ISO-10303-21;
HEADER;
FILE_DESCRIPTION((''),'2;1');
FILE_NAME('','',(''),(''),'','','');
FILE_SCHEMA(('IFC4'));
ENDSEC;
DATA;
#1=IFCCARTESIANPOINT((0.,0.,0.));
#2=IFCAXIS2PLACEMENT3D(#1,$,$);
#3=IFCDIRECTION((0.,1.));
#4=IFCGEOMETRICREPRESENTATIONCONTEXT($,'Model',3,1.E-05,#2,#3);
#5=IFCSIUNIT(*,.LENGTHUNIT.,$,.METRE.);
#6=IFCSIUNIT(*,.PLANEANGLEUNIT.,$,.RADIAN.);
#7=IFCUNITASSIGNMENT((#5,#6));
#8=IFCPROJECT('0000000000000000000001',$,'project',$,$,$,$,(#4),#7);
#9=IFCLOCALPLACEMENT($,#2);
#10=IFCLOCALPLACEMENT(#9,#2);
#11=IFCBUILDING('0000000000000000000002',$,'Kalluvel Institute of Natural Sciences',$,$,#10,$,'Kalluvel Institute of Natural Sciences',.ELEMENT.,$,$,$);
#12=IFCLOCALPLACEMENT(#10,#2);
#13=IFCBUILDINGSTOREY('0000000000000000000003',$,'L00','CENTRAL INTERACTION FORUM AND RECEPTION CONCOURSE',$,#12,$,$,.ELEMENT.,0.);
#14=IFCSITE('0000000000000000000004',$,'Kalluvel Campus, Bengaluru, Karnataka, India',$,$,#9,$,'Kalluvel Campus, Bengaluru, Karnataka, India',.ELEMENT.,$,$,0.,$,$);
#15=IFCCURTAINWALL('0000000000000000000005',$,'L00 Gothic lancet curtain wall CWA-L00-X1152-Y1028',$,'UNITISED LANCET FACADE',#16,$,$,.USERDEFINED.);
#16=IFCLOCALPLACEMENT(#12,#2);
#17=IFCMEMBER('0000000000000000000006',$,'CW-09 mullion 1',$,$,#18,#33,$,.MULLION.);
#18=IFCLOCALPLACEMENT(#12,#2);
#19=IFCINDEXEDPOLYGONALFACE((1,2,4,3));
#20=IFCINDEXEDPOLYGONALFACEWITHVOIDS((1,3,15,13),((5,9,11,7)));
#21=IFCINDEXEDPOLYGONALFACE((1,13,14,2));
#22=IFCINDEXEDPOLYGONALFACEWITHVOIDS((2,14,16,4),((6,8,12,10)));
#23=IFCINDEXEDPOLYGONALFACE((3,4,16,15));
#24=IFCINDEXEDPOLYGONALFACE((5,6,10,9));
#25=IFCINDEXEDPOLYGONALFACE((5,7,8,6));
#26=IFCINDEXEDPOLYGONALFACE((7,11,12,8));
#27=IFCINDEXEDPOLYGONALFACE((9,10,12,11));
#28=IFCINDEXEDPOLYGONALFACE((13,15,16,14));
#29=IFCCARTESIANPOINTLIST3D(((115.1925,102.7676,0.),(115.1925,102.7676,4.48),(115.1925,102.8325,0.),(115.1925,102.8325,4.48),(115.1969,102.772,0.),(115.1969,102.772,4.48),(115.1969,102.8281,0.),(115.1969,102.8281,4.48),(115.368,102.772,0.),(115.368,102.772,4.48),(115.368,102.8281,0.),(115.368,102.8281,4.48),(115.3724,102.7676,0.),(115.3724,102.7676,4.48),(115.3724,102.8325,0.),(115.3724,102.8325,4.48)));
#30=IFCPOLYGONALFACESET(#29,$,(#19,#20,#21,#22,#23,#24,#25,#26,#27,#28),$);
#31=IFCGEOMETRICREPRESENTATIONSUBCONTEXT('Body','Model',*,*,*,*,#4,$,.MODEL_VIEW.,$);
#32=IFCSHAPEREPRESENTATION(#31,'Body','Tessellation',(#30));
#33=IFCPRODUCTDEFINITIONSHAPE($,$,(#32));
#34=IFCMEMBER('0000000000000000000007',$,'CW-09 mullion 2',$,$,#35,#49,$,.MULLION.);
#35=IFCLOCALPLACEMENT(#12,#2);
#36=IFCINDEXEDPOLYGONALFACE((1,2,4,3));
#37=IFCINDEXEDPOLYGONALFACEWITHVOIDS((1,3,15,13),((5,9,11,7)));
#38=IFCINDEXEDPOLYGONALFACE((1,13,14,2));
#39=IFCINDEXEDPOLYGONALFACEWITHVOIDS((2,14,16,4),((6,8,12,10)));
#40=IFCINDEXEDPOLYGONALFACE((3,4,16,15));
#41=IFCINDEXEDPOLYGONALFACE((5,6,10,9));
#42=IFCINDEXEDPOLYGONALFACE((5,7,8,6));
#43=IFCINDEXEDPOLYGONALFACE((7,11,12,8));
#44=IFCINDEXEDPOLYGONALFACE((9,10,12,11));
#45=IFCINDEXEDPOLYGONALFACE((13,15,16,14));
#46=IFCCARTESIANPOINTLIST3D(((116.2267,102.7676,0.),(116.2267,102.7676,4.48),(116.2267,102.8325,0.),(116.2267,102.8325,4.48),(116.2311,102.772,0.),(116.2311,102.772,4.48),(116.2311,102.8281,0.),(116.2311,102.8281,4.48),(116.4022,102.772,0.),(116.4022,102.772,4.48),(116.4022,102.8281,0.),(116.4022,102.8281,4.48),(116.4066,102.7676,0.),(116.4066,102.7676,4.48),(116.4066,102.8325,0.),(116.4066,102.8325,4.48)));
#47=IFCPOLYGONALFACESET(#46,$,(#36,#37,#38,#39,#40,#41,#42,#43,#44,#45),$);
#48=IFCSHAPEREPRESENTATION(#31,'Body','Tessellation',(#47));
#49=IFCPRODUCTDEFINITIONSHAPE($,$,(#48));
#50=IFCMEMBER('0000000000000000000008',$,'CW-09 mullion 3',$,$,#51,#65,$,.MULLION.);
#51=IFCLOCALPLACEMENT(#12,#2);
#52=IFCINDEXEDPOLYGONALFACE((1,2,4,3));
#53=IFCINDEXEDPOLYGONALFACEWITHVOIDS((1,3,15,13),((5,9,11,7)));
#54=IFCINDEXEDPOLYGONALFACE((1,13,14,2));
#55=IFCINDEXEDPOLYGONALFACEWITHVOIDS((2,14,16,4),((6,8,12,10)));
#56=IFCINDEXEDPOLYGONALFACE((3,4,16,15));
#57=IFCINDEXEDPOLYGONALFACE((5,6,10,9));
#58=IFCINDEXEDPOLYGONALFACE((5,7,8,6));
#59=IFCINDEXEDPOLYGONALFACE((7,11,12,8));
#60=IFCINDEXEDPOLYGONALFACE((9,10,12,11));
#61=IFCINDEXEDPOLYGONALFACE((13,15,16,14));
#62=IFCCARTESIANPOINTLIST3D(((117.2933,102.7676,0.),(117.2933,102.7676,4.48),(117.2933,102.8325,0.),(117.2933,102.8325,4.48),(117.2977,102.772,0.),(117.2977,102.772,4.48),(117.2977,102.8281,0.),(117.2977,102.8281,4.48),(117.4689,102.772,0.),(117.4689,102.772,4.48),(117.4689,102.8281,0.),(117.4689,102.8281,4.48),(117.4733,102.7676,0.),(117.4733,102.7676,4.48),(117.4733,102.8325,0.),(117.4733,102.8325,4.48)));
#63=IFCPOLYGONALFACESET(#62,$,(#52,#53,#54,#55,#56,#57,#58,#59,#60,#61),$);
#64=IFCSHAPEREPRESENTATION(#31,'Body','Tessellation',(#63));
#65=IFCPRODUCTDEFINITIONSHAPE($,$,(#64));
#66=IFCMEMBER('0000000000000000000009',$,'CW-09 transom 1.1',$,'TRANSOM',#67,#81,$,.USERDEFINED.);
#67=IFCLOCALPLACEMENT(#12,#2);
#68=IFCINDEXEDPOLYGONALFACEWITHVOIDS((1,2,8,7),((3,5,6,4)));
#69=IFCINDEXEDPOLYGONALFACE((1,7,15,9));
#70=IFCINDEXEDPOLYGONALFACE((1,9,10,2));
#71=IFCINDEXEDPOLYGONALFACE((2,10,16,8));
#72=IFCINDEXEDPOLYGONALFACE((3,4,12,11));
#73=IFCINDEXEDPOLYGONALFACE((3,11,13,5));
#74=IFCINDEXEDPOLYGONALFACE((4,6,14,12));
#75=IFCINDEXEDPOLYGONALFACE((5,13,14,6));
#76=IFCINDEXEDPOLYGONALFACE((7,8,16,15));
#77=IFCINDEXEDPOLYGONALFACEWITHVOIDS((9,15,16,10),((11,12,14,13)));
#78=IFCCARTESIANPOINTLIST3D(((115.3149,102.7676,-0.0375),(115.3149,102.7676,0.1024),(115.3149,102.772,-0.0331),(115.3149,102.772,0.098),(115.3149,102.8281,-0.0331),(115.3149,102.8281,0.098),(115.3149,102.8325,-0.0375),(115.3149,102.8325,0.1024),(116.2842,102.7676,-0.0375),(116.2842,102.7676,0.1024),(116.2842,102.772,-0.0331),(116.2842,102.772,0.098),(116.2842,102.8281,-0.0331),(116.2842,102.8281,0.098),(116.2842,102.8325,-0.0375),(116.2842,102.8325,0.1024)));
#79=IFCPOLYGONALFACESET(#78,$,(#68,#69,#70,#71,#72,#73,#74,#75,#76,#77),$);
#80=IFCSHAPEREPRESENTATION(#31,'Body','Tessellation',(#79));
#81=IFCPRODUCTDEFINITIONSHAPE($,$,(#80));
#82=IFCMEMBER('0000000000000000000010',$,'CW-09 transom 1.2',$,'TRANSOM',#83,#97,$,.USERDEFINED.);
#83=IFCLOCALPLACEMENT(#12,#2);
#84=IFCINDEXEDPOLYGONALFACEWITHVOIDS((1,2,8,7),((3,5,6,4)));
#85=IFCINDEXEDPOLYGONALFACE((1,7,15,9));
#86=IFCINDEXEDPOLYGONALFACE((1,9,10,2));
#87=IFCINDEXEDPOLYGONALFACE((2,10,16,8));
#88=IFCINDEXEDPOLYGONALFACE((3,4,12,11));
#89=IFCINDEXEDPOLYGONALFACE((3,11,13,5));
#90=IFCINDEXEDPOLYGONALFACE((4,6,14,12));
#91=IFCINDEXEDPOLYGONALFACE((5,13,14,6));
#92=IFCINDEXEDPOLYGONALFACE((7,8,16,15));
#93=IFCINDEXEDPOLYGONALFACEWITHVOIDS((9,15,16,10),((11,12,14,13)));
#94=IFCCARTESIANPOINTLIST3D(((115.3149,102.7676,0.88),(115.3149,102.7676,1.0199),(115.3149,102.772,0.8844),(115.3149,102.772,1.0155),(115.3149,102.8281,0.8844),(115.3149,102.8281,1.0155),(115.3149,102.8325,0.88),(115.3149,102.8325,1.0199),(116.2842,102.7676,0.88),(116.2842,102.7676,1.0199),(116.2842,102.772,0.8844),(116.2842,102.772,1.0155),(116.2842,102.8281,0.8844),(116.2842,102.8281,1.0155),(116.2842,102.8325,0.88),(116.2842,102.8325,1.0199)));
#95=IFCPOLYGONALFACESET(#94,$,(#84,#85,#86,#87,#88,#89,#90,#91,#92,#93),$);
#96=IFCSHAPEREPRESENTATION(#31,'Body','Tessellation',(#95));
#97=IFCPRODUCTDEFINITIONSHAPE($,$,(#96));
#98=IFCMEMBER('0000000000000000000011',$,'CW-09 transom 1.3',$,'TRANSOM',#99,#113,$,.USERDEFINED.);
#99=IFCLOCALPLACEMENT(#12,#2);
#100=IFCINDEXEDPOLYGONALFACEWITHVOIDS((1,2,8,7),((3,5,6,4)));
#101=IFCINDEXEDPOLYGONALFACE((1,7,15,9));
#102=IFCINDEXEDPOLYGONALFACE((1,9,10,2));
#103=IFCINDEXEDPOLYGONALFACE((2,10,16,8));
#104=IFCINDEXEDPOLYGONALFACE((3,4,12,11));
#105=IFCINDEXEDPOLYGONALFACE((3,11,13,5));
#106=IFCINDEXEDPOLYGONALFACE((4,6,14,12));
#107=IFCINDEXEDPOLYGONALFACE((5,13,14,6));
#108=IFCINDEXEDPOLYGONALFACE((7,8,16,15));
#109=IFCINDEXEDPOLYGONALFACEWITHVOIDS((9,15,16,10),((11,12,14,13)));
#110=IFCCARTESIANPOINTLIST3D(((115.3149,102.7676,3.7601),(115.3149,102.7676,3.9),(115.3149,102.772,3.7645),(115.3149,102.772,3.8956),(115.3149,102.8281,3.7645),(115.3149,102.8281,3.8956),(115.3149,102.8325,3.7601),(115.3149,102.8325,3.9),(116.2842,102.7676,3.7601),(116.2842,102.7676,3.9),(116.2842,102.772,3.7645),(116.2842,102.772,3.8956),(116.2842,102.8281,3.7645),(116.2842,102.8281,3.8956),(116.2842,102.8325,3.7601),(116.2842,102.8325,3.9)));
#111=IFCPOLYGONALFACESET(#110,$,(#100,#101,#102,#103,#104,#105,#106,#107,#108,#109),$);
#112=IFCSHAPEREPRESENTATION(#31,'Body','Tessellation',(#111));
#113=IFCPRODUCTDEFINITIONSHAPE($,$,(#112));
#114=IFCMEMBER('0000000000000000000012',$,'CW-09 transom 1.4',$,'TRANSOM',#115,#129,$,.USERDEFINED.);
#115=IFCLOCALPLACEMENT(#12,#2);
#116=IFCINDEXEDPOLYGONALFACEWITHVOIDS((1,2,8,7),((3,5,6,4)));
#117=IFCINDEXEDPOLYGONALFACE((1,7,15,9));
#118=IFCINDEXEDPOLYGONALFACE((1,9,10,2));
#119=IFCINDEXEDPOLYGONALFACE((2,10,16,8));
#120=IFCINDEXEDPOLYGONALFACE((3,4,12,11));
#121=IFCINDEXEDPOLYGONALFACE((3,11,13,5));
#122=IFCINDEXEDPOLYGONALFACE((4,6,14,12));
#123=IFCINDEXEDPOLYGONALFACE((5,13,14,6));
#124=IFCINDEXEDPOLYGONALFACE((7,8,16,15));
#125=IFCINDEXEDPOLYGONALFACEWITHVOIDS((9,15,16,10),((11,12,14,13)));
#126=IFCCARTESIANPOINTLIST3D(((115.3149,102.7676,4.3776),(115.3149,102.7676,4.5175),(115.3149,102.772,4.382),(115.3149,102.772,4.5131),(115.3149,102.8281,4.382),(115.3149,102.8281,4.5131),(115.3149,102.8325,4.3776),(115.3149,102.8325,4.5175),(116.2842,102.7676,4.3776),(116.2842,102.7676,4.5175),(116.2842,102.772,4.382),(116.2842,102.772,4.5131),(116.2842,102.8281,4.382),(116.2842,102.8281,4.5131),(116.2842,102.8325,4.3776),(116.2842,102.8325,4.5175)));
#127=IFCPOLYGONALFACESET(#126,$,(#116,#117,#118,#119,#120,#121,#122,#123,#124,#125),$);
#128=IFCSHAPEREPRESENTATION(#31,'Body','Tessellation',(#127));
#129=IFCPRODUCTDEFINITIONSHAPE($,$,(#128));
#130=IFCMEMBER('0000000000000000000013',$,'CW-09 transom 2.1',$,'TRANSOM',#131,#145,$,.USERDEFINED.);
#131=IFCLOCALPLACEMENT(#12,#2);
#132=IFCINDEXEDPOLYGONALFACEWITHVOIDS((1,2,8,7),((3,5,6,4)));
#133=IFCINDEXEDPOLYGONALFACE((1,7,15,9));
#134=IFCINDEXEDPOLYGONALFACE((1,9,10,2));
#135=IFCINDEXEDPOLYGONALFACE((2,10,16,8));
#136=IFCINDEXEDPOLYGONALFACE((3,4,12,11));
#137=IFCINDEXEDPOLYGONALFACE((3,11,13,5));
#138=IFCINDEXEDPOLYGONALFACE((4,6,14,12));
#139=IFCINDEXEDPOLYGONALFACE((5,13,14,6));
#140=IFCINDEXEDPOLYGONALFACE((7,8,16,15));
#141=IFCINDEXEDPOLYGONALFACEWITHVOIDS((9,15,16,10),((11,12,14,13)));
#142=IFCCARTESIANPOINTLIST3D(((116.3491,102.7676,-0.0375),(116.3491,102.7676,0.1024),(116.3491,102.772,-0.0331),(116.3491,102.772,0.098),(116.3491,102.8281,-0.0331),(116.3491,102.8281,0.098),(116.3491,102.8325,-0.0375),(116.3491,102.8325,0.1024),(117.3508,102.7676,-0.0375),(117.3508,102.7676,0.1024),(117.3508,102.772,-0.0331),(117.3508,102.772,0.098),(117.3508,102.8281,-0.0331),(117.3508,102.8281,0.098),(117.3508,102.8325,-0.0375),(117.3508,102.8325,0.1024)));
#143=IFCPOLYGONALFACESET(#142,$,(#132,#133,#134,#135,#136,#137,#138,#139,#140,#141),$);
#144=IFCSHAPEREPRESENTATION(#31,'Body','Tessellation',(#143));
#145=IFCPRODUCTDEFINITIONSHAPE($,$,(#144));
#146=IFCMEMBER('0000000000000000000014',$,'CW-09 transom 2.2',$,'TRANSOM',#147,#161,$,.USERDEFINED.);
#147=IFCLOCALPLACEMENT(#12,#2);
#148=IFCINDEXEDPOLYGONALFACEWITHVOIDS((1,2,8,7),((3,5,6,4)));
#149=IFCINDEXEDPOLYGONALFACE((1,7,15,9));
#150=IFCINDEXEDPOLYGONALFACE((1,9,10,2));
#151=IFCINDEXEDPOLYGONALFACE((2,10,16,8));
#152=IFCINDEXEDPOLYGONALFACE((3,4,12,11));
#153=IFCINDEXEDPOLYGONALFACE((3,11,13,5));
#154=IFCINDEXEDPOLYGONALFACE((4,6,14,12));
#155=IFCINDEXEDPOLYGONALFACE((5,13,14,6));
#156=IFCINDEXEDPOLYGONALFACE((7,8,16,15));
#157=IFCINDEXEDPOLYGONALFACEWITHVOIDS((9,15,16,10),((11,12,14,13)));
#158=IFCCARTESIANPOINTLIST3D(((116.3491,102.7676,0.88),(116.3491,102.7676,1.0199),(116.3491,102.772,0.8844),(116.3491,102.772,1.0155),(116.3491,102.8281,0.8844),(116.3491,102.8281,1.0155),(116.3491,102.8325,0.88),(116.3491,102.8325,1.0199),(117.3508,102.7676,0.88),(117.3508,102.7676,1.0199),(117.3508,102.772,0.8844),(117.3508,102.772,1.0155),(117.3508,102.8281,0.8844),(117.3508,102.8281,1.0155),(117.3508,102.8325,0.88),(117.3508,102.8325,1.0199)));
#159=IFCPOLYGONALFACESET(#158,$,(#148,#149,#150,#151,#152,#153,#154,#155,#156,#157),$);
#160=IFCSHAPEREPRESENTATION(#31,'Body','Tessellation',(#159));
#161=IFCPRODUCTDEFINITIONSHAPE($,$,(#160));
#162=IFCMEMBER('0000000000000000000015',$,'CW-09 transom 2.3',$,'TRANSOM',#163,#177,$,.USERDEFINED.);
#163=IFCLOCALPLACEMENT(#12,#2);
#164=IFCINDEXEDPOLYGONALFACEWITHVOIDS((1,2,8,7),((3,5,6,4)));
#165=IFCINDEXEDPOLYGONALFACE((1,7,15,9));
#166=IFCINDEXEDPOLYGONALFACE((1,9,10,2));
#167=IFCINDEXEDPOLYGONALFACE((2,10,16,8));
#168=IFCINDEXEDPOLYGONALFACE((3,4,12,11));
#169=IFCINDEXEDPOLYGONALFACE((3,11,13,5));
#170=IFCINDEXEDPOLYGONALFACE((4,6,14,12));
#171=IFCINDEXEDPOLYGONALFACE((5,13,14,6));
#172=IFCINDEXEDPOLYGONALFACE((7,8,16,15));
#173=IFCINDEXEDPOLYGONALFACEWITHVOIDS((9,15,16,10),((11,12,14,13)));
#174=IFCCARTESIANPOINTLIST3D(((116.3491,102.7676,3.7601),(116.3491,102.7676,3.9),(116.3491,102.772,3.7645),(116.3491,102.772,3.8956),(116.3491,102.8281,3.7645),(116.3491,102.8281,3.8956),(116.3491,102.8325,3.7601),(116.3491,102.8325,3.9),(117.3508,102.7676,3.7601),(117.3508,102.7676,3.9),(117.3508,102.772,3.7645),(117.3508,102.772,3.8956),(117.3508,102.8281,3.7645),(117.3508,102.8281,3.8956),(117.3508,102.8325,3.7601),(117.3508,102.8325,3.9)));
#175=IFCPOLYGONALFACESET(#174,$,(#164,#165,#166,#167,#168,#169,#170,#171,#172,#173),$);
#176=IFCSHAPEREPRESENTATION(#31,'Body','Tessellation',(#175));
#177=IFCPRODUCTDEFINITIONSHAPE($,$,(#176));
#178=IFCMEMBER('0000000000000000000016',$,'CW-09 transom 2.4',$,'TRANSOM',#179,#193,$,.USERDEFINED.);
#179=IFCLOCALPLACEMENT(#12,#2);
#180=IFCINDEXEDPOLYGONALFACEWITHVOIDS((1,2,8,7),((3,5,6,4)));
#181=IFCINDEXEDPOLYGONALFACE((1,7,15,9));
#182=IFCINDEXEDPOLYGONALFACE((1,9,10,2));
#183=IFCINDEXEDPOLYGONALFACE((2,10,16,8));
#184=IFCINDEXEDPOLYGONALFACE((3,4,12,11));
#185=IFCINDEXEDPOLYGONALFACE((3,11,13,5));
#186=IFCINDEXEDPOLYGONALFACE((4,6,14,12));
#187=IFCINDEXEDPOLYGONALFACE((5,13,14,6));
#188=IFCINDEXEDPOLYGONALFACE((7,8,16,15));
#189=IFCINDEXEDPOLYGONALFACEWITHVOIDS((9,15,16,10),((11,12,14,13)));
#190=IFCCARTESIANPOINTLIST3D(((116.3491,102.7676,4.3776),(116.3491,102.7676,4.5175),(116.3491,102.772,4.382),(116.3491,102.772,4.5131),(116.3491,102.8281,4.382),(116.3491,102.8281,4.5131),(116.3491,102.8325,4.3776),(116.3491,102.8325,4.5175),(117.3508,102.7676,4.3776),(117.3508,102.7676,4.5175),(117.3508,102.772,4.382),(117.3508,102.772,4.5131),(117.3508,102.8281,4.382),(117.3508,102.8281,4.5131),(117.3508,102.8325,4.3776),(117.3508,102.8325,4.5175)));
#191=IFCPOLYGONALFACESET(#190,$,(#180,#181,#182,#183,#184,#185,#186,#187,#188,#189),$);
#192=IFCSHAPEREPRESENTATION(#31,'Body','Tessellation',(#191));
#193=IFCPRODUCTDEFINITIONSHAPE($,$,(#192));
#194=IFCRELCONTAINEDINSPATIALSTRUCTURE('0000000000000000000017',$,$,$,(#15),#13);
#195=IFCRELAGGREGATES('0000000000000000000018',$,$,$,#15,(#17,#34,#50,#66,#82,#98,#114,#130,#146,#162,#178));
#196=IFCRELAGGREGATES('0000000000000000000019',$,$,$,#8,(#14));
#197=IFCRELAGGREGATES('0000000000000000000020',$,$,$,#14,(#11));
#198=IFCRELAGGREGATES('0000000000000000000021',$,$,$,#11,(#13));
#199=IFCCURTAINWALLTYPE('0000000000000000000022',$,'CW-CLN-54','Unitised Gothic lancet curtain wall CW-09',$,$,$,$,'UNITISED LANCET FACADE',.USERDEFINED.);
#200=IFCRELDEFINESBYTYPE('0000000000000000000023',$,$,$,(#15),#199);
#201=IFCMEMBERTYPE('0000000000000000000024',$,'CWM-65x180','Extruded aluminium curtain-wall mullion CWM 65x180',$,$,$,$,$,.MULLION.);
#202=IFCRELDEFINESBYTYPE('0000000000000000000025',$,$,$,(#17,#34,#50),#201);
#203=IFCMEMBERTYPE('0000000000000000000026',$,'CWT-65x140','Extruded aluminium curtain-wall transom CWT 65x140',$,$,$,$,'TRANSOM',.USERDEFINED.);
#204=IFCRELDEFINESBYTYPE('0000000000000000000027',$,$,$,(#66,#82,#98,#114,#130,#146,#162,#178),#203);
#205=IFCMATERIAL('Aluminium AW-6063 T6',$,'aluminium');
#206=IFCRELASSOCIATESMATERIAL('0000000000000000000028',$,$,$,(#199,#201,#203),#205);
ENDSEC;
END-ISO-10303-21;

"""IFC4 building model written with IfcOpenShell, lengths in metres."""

from ifc_helpers import new_model, si_unit, direction, frame, origin, origin_2d, place, context, subcontext, project, spatial, hollow_rectangle, extrude, material, material_profile, profile_set, type_object, element, aggregate, save


model = new_model("IFC4")

# Units and contexts
model_context = context("Model", 3, precision=1e-05, world=origin(), true_north=direction((0.0, 1.0)))
body_context = subcontext(model_context, "Body", "Model", "MODEL_VIEW")
ifc_project = project(units=[si_unit("LENGTHUNIT", "METRE"), si_unit("PLANEANGLEUNIT", "RADIAN")], contexts=[model_context])

# Site, building, storey
site_placement = place(None, origin())
site = spatial("IfcSite", under=ifc_project, at=site_placement, Name="Kalluvel Campus, Bengaluru, Karnataka, India", LongName="Kalluvel Campus, Bengaluru, Karnataka, India", CompositionType="ELEMENT", RefElevation=0.0)
building_placement = place(site_placement, origin())
building = spatial("IfcBuilding", under=site, at=building_placement, Name="Kalluvel Institute of Natural Sciences", LongName="Kalluvel Institute of Natural Sciences", CompositionType="ELEMENT")
storey_placement = place(building_placement, origin())
storey = spatial("IfcBuildingStorey", under=building, at=storey_placement, Name="L00", Description="CENTRAL INTERACTION FORUM AND RECEPTION CONCOURSE", CompositionType="ELEMENT", Elevation=0.0)

# Curtain wall, members
ifc_material_1 = material(Name="Aluminium AW-6063 T6", Category="aluminium")
curtain_wall_type = type_object("IfcCurtainWallType", Name="CW-CLN-54", Description="Unitised Gothic lancet curtain wall CW-09", ElementType="UNITISED LANCET FACADE", PredefinedType="USERDEFINED", material=ifc_material_1)
curtain_wall_placement = place(storey_placement, origin())
curtain_wall = element("IfcCurtainWall", 1, at=curtain_wall_placement, inside=storey, type_object=curtain_wall_type, Name="L00 Gothic lancet curtain wall CWA-L00-X1152-Y1028", ObjectType="UNITISED LANCET FACADE", PredefinedType="USERDEFINED")
ifc_material_profile_1 = material_profile(ifc_material_1, hollow_rectangle(XDim=0.0649, YDim=0.1799, WallThickness=0.0044, at=origin_2d()), Name="CWM 65x180")
ifc_profile_set_1 = profile_set([ifc_material_profile_1], Name="Aluminium AW-6063 T6")
member_type_1 = type_object("IfcMemberType", Name="CWM-65x180", Description="Extruded aluminium curtain-wall mullion CWM 65x180", PredefinedType="MULLION", material=ifc_profile_set_1)
member_1_placement = place(storey_placement, frame((115.2825, 102.8, 0.0), z_axis=(0.0, 0.0, 1.0), x_axis=(0.0, 1.0, 0.0)))
member_1 = element("IfcMember", 2, at=member_1_placement, type_object=member_type_1, Name="CW-09 mullion 1", PredefinedType="MULLION", context=body_context, shape_type="SweptSolid", body=[
    extrude(hollow_rectangle(XDim=0.0649, YDim=0.1799, WallThickness=0.0044, at=origin_2d()), origin(), (0.0, 0.0, 1.0), 4.48),
])
member_2_placement = place(storey_placement, frame((116.3167, 102.8, 0.0), z_axis=(0.0, 0.0, 1.0), x_axis=(0.0, 1.0, 0.0)))
member_2 = element("IfcMember", 3, at=member_2_placement, type_object=member_type_1, Name="CW-09 mullion 2", PredefinedType="MULLION", context=body_context, shape_type="SweptSolid", body=[
    extrude(hollow_rectangle(XDim=0.0649, YDim=0.1799, WallThickness=0.0044, at=origin_2d()), origin(), (0.0, 0.0, 1.0), 4.48),
])
member_3_placement = place(storey_placement, frame((117.3833, 102.8, 0.0), z_axis=(0.0, 0.0, 1.0), x_axis=(0.0, 1.0, 0.0)))
member_3 = element("IfcMember", 4, at=member_3_placement, type_object=member_type_1, Name="CW-09 mullion 3", PredefinedType="MULLION", context=body_context, shape_type="SweptSolid", body=[
    extrude(hollow_rectangle(XDim=0.0649, YDim=0.1799, WallThickness=0.0044, at=origin_2d()), origin(), (0.0, 0.0, 1.0), 4.48),
])
ifc_material_profile_2 = material_profile(ifc_material_1, hollow_rectangle(XDim=0.0649, YDim=0.1399, WallThickness=0.0044, at=origin_2d()), Name="CWT 65x140")
ifc_profile_set_2 = profile_set([ifc_material_profile_2], Name="Aluminium AW-6063 T6")
member_type_2 = type_object("IfcMemberType", Name="CWT-65x140", Description="Extruded aluminium curtain-wall transom CWT 65x140", ElementType="TRANSOM", PredefinedType="USERDEFINED", material=ifc_profile_set_2)
member_4_placement = place(storey_placement, frame((115.3149, 102.8, 0.0325), z_axis=(1.0, 0.0, 0.0), x_axis=(0.0, 1.0, 0.0)))
member_4 = element("IfcMember", 5, at=member_4_placement, type_object=member_type_2, Name="CW-09 transom 1.1", ObjectType="TRANSOM", PredefinedType="USERDEFINED", context=body_context, shape_type="SweptSolid", body=[
    extrude(hollow_rectangle(XDim=0.0649, YDim=0.1399, WallThickness=0.0044, at=origin_2d()), origin(), (0.0, 0.0, 1.0), 0.9692),
])
member_5_placement = place(storey_placement, frame((115.3149, 102.8, 0.95), z_axis=(1.0, 0.0, 0.0), x_axis=(0.0, 1.0, 0.0)))
member_5 = element("IfcMember", 6, at=member_5_placement, type_object=member_type_2, Name="CW-09 transom 1.2", ObjectType="TRANSOM", PredefinedType="USERDEFINED", context=body_context, shape_type="SweptSolid", body=[
    extrude(hollow_rectangle(XDim=0.0649, YDim=0.1399, WallThickness=0.0044, at=origin_2d()), origin(), (0.0, 0.0, 1.0), 0.9692),
])
member_6_placement = place(storey_placement, frame((115.3149, 102.8, 3.8301), z_axis=(1.0, 0.0, 0.0), x_axis=(0.0, 1.0, 0.0)))
member_6 = element("IfcMember", 7, at=member_6_placement, type_object=member_type_2, Name="CW-09 transom 1.3", ObjectType="TRANSOM", PredefinedType="USERDEFINED", context=body_context, shape_type="SweptSolid", body=[
    extrude(hollow_rectangle(XDim=0.0649, YDim=0.1399, WallThickness=0.0044, at=origin_2d()), origin(), (0.0, 0.0, 1.0), 0.9692),
])
member_7_placement = place(storey_placement, frame((115.3149, 102.8, 4.4475), z_axis=(1.0, 0.0, 0.0), x_axis=(0.0, 1.0, 0.0)))
member_7 = element("IfcMember", 8, at=member_7_placement, type_object=member_type_2, Name="CW-09 transom 1.4", ObjectType="TRANSOM", PredefinedType="USERDEFINED", context=body_context, shape_type="SweptSolid", body=[
    extrude(hollow_rectangle(XDim=0.0649, YDim=0.1399, WallThickness=0.0044, at=origin_2d()), origin(), (0.0, 0.0, 1.0), 0.9692),
])
member_8_placement = place(storey_placement, frame((116.3491, 102.8, 0.0325), z_axis=(1.0, 0.0, 0.0), x_axis=(0.0, 1.0, 0.0)))
member_8 = element("IfcMember", 9, at=member_8_placement, type_object=member_type_2, Name="CW-09 transom 2.1", ObjectType="TRANSOM", PredefinedType="USERDEFINED", context=body_context, shape_type="SweptSolid", body=[
    extrude(hollow_rectangle(XDim=0.0649, YDim=0.1399, WallThickness=0.0044, at=origin_2d()), origin(), (0.0, 0.0, 1.0), 1.0017),
])
member_9_placement = place(storey_placement, frame((116.3491, 102.8, 0.95), z_axis=(1.0, 0.0, 0.0), x_axis=(0.0, 1.0, 0.0)))
member_9 = element("IfcMember", 10, at=member_9_placement, type_object=member_type_2, Name="CW-09 transom 2.2", ObjectType="TRANSOM", PredefinedType="USERDEFINED", context=body_context, shape_type="SweptSolid", body=[
    extrude(hollow_rectangle(XDim=0.0649, YDim=0.1399, WallThickness=0.0044, at=origin_2d()), origin(), (0.0, 0.0, 1.0), 1.0017),
])
member_10_placement = place(storey_placement, frame((116.3491, 102.8, 3.8301), z_axis=(1.0, 0.0, 0.0), x_axis=(0.0, 1.0, 0.0)))
member_10 = element("IfcMember", 11, at=member_10_placement, type_object=member_type_2, Name="CW-09 transom 2.3", ObjectType="TRANSOM", PredefinedType="USERDEFINED", context=body_context, shape_type="SweptSolid", body=[
    extrude(hollow_rectangle(XDim=0.0649, YDim=0.1399, WallThickness=0.0044, at=origin_2d()), origin(), (0.0, 0.0, 1.0), 1.0017),
])
member_11_placement = place(storey_placement, frame((116.3491, 102.8, 4.4475), z_axis=(1.0, 0.0, 0.0), x_axis=(0.0, 1.0, 0.0)))
member_11 = element("IfcMember", 12, at=member_11_placement, type_object=member_type_2, Name="CW-09 transom 2.4", ObjectType="TRANSOM", PredefinedType="USERDEFINED", context=body_context, shape_type="SweptSolid", body=[
    extrude(hollow_rectangle(XDim=0.0649, YDim=0.1399, WallThickness=0.0044, at=origin_2d()), origin(), (0.0, 0.0, 1.0), 1.0017),
])

aggregate(curtain_wall, [member_1, member_2, member_3, member_4, member_5, member_6, member_7, member_8, member_9, member_10, member_11])

save(model, "model.ifc")
